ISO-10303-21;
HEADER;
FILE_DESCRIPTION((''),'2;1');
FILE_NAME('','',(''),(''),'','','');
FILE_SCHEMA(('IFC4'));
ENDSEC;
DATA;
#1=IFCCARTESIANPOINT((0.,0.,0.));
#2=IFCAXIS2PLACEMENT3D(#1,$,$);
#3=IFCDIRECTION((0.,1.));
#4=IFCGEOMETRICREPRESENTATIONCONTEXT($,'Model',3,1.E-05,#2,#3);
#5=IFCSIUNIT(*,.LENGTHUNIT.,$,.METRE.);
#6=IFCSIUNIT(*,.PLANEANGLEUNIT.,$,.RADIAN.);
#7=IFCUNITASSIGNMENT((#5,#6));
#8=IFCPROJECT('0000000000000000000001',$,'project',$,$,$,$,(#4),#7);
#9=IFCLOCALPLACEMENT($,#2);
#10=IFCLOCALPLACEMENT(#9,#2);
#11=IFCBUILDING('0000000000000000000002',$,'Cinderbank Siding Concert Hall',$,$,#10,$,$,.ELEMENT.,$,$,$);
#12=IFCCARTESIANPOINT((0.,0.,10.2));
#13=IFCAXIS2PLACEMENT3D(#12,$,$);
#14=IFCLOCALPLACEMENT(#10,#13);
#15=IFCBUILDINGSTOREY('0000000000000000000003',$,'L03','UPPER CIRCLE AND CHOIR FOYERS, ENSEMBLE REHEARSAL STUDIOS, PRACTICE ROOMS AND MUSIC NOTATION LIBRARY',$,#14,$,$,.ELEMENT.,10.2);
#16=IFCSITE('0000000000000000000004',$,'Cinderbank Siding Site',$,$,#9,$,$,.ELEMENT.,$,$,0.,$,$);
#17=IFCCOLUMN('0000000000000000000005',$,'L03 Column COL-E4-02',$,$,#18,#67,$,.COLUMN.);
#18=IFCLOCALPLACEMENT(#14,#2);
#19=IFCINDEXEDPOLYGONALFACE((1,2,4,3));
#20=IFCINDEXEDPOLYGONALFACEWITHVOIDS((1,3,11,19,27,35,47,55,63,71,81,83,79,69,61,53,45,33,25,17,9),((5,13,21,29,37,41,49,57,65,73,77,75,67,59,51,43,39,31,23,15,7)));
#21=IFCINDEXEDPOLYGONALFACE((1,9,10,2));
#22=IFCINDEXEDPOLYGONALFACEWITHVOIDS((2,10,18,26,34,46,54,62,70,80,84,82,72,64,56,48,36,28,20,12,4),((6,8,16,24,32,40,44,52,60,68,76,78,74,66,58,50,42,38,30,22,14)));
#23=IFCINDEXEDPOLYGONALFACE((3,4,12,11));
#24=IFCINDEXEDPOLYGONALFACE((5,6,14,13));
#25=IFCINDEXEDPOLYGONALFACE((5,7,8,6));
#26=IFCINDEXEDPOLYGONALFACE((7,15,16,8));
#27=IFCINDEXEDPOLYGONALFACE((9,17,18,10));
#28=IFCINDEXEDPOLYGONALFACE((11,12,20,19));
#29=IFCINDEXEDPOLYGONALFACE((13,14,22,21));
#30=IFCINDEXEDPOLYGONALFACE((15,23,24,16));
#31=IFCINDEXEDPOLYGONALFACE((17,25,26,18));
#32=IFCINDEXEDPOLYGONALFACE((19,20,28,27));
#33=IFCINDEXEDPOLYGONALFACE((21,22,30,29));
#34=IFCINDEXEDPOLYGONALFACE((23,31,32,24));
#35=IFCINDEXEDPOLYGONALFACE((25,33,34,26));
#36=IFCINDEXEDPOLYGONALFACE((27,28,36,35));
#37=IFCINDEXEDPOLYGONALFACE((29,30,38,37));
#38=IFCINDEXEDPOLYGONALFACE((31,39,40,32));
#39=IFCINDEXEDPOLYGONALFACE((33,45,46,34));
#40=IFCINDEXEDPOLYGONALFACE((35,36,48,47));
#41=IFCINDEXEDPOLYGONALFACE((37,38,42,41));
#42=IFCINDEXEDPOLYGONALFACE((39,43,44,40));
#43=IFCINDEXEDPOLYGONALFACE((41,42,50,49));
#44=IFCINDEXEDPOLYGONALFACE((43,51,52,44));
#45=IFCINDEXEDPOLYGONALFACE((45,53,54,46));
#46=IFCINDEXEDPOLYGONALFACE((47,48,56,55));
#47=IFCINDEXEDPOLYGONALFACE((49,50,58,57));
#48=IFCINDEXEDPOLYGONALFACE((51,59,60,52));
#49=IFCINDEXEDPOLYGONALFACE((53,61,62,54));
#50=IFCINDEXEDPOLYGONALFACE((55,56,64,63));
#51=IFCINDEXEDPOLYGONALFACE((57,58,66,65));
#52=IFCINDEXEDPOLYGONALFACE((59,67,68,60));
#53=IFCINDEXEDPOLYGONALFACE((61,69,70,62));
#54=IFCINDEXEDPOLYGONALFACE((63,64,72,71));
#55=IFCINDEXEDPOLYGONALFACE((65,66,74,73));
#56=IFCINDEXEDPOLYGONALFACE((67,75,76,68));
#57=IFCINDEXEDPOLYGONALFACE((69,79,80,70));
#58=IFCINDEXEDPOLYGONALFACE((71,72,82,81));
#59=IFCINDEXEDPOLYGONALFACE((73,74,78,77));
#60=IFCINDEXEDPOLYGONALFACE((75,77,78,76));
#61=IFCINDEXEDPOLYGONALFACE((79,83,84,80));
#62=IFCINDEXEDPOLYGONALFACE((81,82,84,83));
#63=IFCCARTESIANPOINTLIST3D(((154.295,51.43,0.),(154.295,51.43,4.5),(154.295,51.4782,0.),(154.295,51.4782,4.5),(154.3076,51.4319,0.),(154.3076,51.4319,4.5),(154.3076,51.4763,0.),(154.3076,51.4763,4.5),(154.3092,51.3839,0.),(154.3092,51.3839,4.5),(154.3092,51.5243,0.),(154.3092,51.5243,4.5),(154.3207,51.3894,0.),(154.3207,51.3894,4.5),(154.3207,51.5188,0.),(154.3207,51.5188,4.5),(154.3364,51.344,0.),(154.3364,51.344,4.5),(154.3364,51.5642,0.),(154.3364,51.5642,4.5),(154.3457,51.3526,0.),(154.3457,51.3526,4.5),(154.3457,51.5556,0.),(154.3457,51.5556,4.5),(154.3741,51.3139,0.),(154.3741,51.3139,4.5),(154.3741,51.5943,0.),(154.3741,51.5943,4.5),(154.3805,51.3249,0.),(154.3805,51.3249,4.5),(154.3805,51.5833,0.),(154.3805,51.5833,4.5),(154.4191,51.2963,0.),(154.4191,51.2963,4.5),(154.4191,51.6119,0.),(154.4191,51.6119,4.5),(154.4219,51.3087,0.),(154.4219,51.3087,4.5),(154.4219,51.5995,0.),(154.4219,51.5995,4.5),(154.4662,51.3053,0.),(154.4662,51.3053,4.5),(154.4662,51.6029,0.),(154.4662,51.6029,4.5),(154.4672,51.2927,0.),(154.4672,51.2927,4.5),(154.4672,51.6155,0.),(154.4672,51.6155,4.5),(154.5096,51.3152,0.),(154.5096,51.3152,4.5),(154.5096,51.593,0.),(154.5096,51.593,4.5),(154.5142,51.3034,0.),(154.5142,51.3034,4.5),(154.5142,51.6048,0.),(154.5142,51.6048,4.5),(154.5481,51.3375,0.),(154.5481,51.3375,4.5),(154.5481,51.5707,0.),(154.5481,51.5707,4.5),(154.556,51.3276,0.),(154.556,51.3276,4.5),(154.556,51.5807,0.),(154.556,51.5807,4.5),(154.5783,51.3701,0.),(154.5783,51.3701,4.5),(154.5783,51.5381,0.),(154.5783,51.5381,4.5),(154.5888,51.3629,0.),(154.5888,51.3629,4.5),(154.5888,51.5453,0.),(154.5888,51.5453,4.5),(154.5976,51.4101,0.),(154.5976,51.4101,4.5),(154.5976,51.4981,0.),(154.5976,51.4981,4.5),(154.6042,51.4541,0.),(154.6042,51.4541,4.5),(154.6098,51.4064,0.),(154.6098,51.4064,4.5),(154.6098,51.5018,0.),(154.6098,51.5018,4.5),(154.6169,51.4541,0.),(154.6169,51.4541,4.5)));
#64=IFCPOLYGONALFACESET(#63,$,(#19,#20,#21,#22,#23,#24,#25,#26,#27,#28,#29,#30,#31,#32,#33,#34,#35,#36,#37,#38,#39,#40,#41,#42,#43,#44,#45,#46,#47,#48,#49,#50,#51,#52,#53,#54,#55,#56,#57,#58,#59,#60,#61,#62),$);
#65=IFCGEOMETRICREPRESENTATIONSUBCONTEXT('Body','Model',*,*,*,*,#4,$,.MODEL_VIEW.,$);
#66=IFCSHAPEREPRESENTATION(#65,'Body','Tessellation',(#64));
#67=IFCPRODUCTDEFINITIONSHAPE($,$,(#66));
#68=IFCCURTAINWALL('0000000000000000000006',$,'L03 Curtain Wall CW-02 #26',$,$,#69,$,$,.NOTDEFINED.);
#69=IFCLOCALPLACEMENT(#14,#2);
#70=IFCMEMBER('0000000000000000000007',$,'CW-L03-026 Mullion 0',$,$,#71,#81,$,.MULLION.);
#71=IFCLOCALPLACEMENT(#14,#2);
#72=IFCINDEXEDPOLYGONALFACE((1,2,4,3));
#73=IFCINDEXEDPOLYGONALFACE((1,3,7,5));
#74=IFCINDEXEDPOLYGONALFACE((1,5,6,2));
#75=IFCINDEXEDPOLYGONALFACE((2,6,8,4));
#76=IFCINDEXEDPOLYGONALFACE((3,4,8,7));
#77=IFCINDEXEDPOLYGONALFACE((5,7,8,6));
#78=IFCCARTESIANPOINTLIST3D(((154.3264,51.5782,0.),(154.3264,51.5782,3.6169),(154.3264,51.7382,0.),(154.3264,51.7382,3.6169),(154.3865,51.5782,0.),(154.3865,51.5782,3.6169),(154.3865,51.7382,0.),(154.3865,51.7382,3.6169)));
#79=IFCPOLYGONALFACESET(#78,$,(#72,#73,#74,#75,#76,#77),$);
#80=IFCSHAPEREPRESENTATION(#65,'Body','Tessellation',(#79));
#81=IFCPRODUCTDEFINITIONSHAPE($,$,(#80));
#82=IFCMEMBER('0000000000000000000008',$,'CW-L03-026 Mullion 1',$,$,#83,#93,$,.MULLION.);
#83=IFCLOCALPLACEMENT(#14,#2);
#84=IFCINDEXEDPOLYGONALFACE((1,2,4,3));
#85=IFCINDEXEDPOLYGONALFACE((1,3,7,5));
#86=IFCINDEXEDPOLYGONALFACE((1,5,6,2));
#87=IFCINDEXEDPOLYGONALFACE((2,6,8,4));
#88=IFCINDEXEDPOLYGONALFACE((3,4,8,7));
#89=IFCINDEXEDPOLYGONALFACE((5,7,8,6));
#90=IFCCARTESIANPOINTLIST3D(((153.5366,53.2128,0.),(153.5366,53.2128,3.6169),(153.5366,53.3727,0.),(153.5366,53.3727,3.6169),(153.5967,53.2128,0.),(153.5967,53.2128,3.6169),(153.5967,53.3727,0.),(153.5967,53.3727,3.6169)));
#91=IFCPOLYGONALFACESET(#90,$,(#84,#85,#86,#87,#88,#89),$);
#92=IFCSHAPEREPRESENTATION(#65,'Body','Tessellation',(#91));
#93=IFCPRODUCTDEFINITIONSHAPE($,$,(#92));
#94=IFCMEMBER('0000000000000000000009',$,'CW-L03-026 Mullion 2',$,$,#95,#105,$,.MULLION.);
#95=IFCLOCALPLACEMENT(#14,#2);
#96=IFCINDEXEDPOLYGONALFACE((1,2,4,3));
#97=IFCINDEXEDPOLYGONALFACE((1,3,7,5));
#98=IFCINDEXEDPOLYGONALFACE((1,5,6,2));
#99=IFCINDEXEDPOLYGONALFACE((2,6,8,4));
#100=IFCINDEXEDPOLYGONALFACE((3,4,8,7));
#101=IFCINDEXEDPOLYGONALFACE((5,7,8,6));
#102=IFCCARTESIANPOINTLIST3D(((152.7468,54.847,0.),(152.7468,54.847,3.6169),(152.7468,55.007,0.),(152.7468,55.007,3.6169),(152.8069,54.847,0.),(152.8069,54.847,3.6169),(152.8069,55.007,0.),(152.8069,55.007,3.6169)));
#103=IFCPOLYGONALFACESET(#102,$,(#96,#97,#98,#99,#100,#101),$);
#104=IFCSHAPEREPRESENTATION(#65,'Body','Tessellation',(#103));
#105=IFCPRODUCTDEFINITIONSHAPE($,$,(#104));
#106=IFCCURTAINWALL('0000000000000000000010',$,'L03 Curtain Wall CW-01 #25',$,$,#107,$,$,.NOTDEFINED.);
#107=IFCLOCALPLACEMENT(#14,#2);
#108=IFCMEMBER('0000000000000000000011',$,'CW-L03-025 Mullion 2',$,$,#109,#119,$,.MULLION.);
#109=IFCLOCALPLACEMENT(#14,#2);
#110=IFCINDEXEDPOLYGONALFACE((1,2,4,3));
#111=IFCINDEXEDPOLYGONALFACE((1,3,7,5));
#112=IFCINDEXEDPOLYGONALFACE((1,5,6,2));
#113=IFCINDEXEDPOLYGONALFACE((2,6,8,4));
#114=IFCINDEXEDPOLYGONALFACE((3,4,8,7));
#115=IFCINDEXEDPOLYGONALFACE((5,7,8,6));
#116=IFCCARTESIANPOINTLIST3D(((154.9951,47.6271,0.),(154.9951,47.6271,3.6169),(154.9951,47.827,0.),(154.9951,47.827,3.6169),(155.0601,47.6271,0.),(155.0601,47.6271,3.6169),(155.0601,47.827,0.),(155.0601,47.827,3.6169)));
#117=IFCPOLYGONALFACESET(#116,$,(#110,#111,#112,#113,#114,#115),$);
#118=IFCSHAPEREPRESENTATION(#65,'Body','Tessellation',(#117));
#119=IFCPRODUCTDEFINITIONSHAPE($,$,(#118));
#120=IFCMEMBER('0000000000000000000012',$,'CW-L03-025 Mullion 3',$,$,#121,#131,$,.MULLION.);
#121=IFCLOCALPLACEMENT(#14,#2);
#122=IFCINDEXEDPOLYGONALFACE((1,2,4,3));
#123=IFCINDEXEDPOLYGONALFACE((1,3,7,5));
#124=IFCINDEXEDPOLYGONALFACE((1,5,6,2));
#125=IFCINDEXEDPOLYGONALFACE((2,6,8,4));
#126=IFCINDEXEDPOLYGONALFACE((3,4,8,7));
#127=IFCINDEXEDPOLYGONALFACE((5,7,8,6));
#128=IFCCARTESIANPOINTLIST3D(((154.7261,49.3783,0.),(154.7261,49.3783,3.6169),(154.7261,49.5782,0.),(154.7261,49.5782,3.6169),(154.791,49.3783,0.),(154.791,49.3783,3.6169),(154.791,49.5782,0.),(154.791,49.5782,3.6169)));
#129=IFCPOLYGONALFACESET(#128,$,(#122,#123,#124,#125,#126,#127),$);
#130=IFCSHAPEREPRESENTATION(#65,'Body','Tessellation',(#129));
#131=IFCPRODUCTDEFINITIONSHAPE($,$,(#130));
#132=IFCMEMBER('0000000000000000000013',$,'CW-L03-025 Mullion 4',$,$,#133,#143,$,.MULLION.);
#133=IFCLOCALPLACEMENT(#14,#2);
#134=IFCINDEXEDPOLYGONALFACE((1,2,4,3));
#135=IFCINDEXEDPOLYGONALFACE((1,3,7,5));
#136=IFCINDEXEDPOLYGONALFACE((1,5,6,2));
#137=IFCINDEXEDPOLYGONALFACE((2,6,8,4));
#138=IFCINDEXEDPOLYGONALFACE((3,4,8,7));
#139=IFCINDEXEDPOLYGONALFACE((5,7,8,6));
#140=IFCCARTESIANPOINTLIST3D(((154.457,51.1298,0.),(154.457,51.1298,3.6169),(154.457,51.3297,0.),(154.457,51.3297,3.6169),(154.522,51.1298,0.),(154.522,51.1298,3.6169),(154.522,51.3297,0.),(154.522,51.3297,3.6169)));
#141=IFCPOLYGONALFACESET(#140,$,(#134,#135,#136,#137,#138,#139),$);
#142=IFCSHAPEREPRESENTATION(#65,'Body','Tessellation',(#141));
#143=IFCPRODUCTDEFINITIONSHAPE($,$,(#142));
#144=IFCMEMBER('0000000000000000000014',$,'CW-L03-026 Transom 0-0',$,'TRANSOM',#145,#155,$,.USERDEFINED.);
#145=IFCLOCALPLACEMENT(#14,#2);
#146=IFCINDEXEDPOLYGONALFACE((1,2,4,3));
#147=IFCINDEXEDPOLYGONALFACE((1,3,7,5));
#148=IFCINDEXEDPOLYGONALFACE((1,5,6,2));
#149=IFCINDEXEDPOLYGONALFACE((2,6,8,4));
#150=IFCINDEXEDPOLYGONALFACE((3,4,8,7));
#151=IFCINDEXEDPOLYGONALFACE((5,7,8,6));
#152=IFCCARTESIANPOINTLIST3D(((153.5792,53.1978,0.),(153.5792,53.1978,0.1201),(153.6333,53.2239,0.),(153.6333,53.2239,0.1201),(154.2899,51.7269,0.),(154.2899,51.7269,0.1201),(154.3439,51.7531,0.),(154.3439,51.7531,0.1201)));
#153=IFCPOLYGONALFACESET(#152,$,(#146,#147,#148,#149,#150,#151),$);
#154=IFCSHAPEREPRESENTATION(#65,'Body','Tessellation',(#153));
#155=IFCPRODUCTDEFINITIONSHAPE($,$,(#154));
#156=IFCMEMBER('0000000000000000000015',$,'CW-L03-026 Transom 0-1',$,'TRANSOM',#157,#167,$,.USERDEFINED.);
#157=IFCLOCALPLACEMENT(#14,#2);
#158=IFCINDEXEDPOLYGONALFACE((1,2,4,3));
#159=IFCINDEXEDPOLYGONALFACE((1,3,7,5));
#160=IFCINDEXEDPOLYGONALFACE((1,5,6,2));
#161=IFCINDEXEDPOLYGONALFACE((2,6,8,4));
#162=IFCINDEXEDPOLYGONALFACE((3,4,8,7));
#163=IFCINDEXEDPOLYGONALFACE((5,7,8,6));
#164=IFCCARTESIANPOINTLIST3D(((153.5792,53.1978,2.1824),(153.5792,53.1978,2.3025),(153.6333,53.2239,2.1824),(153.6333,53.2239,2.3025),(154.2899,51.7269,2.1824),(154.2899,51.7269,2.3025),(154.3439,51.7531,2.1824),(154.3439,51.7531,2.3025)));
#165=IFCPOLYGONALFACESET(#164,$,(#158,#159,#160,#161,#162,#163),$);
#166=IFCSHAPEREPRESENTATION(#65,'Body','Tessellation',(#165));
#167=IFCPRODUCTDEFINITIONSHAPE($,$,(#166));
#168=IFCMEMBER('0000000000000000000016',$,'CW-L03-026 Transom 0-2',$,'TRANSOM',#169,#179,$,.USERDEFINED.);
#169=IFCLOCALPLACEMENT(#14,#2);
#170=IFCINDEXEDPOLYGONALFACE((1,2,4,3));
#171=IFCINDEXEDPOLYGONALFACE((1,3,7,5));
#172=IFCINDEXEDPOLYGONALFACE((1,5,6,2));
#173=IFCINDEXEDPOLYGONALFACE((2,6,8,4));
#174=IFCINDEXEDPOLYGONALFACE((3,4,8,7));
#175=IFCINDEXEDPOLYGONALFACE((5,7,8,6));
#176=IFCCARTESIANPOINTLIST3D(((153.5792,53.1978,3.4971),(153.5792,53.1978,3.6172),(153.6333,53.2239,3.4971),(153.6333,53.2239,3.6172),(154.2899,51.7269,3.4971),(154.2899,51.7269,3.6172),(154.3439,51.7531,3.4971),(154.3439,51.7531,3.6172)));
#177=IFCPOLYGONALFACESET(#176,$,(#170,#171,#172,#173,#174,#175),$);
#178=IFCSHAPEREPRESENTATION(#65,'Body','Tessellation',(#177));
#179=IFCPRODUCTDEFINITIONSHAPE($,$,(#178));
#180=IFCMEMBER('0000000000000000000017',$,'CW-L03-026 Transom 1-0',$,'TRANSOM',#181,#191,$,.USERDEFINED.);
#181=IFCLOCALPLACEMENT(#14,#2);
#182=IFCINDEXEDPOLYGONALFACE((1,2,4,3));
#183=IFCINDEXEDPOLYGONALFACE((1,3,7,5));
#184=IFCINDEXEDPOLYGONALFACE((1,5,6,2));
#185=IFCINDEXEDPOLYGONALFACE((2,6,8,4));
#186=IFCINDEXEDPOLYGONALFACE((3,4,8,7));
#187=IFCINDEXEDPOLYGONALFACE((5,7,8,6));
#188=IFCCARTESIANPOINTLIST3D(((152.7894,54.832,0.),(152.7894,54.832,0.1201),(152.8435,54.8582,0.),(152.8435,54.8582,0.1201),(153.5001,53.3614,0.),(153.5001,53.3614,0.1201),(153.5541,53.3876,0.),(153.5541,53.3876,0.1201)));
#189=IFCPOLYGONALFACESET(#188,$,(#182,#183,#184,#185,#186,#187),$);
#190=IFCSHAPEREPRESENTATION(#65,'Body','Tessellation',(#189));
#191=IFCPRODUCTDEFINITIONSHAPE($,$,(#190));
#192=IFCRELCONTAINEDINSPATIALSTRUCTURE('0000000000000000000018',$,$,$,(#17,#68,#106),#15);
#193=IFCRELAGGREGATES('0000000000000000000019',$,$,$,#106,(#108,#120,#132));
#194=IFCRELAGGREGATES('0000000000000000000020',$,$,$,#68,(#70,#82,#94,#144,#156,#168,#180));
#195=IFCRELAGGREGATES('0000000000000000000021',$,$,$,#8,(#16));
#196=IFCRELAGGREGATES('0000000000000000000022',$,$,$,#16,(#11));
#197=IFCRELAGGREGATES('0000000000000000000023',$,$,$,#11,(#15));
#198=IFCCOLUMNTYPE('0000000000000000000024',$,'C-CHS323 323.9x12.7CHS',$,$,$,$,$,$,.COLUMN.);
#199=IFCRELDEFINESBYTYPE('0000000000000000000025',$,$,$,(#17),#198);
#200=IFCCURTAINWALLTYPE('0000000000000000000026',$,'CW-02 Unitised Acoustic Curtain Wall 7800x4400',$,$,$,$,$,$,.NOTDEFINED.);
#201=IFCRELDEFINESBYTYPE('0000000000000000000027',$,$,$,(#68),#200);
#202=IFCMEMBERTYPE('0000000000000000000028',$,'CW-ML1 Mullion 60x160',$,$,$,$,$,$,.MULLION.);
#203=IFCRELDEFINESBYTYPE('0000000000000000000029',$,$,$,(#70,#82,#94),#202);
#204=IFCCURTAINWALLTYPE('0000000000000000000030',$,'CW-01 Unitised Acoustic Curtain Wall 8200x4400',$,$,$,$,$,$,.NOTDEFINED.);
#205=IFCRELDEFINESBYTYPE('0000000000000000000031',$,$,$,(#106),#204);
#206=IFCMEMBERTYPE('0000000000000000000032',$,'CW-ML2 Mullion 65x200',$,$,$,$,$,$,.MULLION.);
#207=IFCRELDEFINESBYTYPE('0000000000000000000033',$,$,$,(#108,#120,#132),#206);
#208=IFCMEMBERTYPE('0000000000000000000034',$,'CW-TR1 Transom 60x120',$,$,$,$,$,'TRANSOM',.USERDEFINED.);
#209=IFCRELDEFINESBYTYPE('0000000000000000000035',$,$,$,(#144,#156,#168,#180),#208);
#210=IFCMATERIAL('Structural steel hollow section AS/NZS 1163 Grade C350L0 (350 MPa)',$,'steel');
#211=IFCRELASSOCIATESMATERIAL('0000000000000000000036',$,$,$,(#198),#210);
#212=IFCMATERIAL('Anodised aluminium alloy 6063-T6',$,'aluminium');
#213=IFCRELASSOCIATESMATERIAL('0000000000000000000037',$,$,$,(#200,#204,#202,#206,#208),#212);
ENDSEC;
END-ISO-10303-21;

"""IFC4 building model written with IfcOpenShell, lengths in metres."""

from ifc_helpers import new_model, si_unit, direction, frame, origin, origin_2d, place, context, subcontext, project, spatial, rectangle, hollow_circle, extrude, material, material_profile, profile_set, type_object, element, aggregate, save


model = new_model("IFC4")

# Units and contexts
model_context = context("Model", 3, precision=1e-05, world=origin(), true_north=direction((0.0, 1.0)))
body_context = subcontext(model_context, "Body", "Model", "MODEL_VIEW")
ifc_project = project(units=[si_unit("LENGTHUNIT", "METRE"), si_unit("PLANEANGLEUNIT", "RADIAN")], contexts=[model_context])

# Site, building, storey
site_placement = place(None, origin())
site = spatial("IfcSite", under=ifc_project, at=site_placement, Name="Cinderbank Siding Site", CompositionType="ELEMENT", RefElevation=0.0)
building_placement = place(site_placement, origin())
building = spatial("IfcBuilding", under=site, at=building_placement, Name="Cinderbank Siding Concert Hall", CompositionType="ELEMENT")
storey_placement = place(building_placement, frame((0.0, 0.0, 10.2)))
storey = spatial("IfcBuildingStorey", under=building, at=storey_placement, Name="L03", Description="UPPER CIRCLE AND CHOIR FOYERS, ENSEMBLE REHEARSAL STUDIOS, PRACTICE ROOMS AND MUSIC NOTATION LIBRARY", CompositionType="ELEMENT", Elevation=10.2)

# Column
ifc_material_1 = material(Name="Structural steel hollow section AS/NZS 1163 Grade C350L0 (350 MPa)", Category="steel")
ifc_material_profile_1 = material_profile(ifc_material_1, hollow_circle(Radius=0.1619, WallThickness=0.0127, at=origin_2d()), Name="323.9x12.7CHS", Category="LoadBearing")
ifc_profile_set_1 = profile_set([ifc_material_profile_1], Name="Structural steel hollow section AS/NZS 1163 Grade C350L0 (350 MPa)")
column_type = type_object("IfcColumnType", Name="C-CHS323 323.9x12.7CHS", PredefinedType="COLUMN", material=ifc_profile_set_1)
column_placement = place(storey_placement, frame((154.4551, 51.4541, 0.0), z_axis=(0.0, 0.0, 1.0), x_axis=(1.0, 0.0, 0.0)))
element("IfcColumn", 1, at=column_placement, inside=storey, type_object=column_type, Name="L03 Column COL-E4-02", PredefinedType="COLUMN", context=body_context, shape_type="SweptSolid", body=[
    extrude(hollow_circle(Radius=0.1619, WallThickness=0.0127, at=origin_2d()), origin(), (0.0, 0.0, 1.0), 4.5),
])

# Curtain walls, members
ifc_material_2 = material(Name="Anodised aluminium alloy 6063-T6", Category="aluminium")
curtain_wall_type_1 = type_object("IfcCurtainWallType", Name="CW-02 Unitised Acoustic Curtain Wall 7800x4400", PredefinedType="NOTDEFINED", material=ifc_material_2)
curtain_wall_1_placement = place(storey_placement, origin())
curtain_wall_1 = element("IfcCurtainWall", 2, at=curtain_wall_1_placement, inside=storey, type_object=curtain_wall_type_1, Name="L03 Curtain Wall CW-02 #26", PredefinedType="NOTDEFINED")
ifc_material_profile_2 = material_profile(ifc_material_2, rectangle(XDim=0.0601, YDim=0.1599, at=origin_2d()), Name="ALU-MULL-60x160", Category="LoadBearing")
ifc_profile_set_2 = profile_set([ifc_material_profile_2], Name="Anodised aluminium alloy 6063-T6")
member_type_1 = type_object("IfcMemberType", Name="CW-ML1 Mullion 60x160", PredefinedType="MULLION", material=ifc_profile_set_2)
member_1_placement = place(storey_placement, frame((154.3564, 51.6582, 0.0), z_axis=(0.0, 0.0, 1.0), x_axis=(1.0, 0.0, 0.0)))
member_1 = element("IfcMember", 3, at=member_1_placement, type_object=member_type_1, Name="CW-L03-026 Mullion 0", PredefinedType="MULLION", context=body_context, shape_type="SweptSolid", body=[
    extrude(rectangle(XDim=0.0601, YDim=0.1599, at=origin_2d()), origin(), (0.0, 0.0, 1.0), 3.6169),
])
member_2_placement = place(storey_placement, frame((153.5667, 53.2927, 0.0), z_axis=(0.0, 0.0, 1.0), x_axis=(1.0, 0.0, 0.0)))
member_2 = element("IfcMember", 4, at=member_2_placement, type_object=member_type_1, Name="CW-L03-026 Mullion 1", PredefinedType="MULLION", context=body_context, shape_type="SweptSolid", body=[
    extrude(rectangle(XDim=0.0601, YDim=0.1599, at=origin_2d()), origin(), (0.0, 0.0, 1.0), 3.6169),
])
member_3_placement = place(storey_placement, frame((152.7769, 54.927, 0.0), z_axis=(0.0, 0.0, 1.0), x_axis=(1.0, 0.0, 0.0)))
member_3 = element("IfcMember", 5, at=member_3_placement, type_object=member_type_1, Name="CW-L03-026 Mullion 2", PredefinedType="MULLION", context=body_context, shape_type="SweptSolid", body=[
    extrude(rectangle(XDim=0.0601, YDim=0.1599, at=origin_2d()), origin(), (0.0, 0.0, 1.0), 3.6169),
])
curtain_wall_type_2 = type_object("IfcCurtainWallType", Name="CW-01 Unitised Acoustic Curtain Wall 8200x4400", PredefinedType="NOTDEFINED", material=ifc_material_2)
curtain_wall_2_placement = place(storey_placement, origin())
curtain_wall_2 = element("IfcCurtainWall", 6, at=curtain_wall_2_placement, inside=storey, type_object=curtain_wall_type_2, Name="L03 Curtain Wall CW-01 #25", PredefinedType="NOTDEFINED")
ifc_material_profile_3 = material_profile(ifc_material_2, rectangle(XDim=0.0649, YDim=0.2, at=origin_2d()), Name="ALU-MULL-65x200", Category="LoadBearing")
ifc_profile_set_3 = profile_set([ifc_material_profile_3], Name="Anodised aluminium alloy 6063-T6")
member_type_2 = type_object("IfcMemberType", Name="CW-ML2 Mullion 65x200", PredefinedType="MULLION", material=ifc_profile_set_3)
member_4_placement = place(storey_placement, frame((155.0276, 47.7271, 0.0), z_axis=(0.0, 0.0, 1.0), x_axis=(1.0, 0.0, 0.0)))
member_4 = element("IfcMember", 7, at=member_4_placement, type_object=member_type_2, Name="CW-L03-025 Mullion 2", PredefinedType="MULLION", context=body_context, shape_type="SweptSolid", body=[
    extrude(rectangle(XDim=0.0649, YDim=0.2, at=origin_2d()), origin(), (0.0, 0.0, 1.0), 3.6169),
])
member_5_placement = place(storey_placement, frame((154.7585, 49.4783, 0.0), z_axis=(0.0, 0.0, 1.0), x_axis=(1.0, 0.0, 0.0)))
member_5 = element("IfcMember", 8, at=member_5_placement, type_object=member_type_2, Name="CW-L03-025 Mullion 3", PredefinedType="MULLION", context=body_context, shape_type="SweptSolid", body=[
    extrude(rectangle(XDim=0.0649, YDim=0.2, at=origin_2d()), origin(), (0.0, 0.0, 1.0), 3.6169),
])
member_6_placement = place(storey_placement, frame((154.4895, 51.2297, 0.0), z_axis=(0.0, 0.0, 1.0), x_axis=(1.0, 0.0, 0.0)))
member_6 = element("IfcMember", 9, at=member_6_placement, type_object=member_type_2, Name="CW-L03-025 Mullion 4", PredefinedType="MULLION", context=body_context, shape_type="SweptSolid", body=[
    extrude(rectangle(XDim=0.0649, YDim=0.2, at=origin_2d()), origin(), (0.0, 0.0, 1.0), 3.6169),
])

# Members
ifc_material_profile_4 = material_profile(ifc_material_2, rectangle(XDim=0.0601, YDim=0.1201, at=origin_2d()), Name="ALU-TRAN-60x120", Category="LoadBearing")
ifc_profile_set_4 = profile_set([ifc_material_profile_4], Name="Anodised aluminium alloy 6063-T6")
member_type_3 = type_object("IfcMemberType", Name="CW-TR1 Transom 60x120", ElementType="TRANSOM", PredefinedType="USERDEFINED", material=ifc_profile_set_4)
member_7_placement = place(storey_placement, frame((154.3169, 51.74, 0.0601), z_axis=(-0.435037, 0.900412, 0.0), x_axis=(-0.900412, -0.435037, 0.0)))
member_7 = element("IfcMember", 10, at=member_7_placement, type_object=member_type_3, Name="CW-L03-026 Transom 0-0", ObjectType="TRANSOM", PredefinedType="USERDEFINED", context=body_context, shape_type="SweptSolid", body=[
    extrude(rectangle(XDim=0.0601, YDim=0.1201, at=origin_2d()), origin(), (0.0, 0.0, 1.0), 1.6335),
])
member_8_placement = place(storey_placement, frame((154.3169, 51.74, 2.2424), z_axis=(-0.435037, 0.900412, 0.0), x_axis=(-0.900412, -0.435037, 0.0)))
member_8 = element("IfcMember", 11, at=member_8_placement, type_object=member_type_3, Name="CW-L03-026 Transom 0-1", ObjectType="TRANSOM", PredefinedType="USERDEFINED", context=body_context, shape_type="SweptSolid", body=[
    extrude(rectangle(XDim=0.0601, YDim=0.1201, at=origin_2d()), origin(), (0.0, 0.0, 1.0), 1.6335),
])
member_9_placement = place(storey_placement, frame((154.3169, 51.74, 3.5571), z_axis=(-0.435037, 0.900412, 0.0), x_axis=(-0.900412, -0.435037, 0.0)))
member_9 = element("IfcMember", 12, at=member_9_placement, type_object=member_type_3, Name="CW-L03-026 Transom 0-2", ObjectType="TRANSOM", PredefinedType="USERDEFINED", context=body_context, shape_type="SweptSolid", body=[
    extrude(rectangle(XDim=0.0601, YDim=0.1201, at=origin_2d()), origin(), (0.0, 0.0, 1.0), 1.6335),
])
member_10_placement = place(storey_placement, frame((153.5271, 53.3745, 0.0601), z_axis=(-0.435096, 0.900384, 0.0), x_axis=(-0.900384, -0.435096, 0.0)))
member_10 = element("IfcMember", 13, at=member_10_placement, type_object=member_type_3, Name="CW-L03-026 Transom 1-0", ObjectType="TRANSOM", PredefinedType="USERDEFINED", context=body_context, shape_type="SweptSolid", body=[
    extrude(rectangle(XDim=0.0601, YDim=0.1201, at=origin_2d()), origin(), (0.0, 0.0, 1.0), 1.6333),
])

aggregate(curtain_wall_2, [member_4, member_5, member_6])
aggregate(curtain_wall_1, [member_1, member_2, member_3, member_7, member_8, member_9, member_10])

save(model, "model.ifc")
